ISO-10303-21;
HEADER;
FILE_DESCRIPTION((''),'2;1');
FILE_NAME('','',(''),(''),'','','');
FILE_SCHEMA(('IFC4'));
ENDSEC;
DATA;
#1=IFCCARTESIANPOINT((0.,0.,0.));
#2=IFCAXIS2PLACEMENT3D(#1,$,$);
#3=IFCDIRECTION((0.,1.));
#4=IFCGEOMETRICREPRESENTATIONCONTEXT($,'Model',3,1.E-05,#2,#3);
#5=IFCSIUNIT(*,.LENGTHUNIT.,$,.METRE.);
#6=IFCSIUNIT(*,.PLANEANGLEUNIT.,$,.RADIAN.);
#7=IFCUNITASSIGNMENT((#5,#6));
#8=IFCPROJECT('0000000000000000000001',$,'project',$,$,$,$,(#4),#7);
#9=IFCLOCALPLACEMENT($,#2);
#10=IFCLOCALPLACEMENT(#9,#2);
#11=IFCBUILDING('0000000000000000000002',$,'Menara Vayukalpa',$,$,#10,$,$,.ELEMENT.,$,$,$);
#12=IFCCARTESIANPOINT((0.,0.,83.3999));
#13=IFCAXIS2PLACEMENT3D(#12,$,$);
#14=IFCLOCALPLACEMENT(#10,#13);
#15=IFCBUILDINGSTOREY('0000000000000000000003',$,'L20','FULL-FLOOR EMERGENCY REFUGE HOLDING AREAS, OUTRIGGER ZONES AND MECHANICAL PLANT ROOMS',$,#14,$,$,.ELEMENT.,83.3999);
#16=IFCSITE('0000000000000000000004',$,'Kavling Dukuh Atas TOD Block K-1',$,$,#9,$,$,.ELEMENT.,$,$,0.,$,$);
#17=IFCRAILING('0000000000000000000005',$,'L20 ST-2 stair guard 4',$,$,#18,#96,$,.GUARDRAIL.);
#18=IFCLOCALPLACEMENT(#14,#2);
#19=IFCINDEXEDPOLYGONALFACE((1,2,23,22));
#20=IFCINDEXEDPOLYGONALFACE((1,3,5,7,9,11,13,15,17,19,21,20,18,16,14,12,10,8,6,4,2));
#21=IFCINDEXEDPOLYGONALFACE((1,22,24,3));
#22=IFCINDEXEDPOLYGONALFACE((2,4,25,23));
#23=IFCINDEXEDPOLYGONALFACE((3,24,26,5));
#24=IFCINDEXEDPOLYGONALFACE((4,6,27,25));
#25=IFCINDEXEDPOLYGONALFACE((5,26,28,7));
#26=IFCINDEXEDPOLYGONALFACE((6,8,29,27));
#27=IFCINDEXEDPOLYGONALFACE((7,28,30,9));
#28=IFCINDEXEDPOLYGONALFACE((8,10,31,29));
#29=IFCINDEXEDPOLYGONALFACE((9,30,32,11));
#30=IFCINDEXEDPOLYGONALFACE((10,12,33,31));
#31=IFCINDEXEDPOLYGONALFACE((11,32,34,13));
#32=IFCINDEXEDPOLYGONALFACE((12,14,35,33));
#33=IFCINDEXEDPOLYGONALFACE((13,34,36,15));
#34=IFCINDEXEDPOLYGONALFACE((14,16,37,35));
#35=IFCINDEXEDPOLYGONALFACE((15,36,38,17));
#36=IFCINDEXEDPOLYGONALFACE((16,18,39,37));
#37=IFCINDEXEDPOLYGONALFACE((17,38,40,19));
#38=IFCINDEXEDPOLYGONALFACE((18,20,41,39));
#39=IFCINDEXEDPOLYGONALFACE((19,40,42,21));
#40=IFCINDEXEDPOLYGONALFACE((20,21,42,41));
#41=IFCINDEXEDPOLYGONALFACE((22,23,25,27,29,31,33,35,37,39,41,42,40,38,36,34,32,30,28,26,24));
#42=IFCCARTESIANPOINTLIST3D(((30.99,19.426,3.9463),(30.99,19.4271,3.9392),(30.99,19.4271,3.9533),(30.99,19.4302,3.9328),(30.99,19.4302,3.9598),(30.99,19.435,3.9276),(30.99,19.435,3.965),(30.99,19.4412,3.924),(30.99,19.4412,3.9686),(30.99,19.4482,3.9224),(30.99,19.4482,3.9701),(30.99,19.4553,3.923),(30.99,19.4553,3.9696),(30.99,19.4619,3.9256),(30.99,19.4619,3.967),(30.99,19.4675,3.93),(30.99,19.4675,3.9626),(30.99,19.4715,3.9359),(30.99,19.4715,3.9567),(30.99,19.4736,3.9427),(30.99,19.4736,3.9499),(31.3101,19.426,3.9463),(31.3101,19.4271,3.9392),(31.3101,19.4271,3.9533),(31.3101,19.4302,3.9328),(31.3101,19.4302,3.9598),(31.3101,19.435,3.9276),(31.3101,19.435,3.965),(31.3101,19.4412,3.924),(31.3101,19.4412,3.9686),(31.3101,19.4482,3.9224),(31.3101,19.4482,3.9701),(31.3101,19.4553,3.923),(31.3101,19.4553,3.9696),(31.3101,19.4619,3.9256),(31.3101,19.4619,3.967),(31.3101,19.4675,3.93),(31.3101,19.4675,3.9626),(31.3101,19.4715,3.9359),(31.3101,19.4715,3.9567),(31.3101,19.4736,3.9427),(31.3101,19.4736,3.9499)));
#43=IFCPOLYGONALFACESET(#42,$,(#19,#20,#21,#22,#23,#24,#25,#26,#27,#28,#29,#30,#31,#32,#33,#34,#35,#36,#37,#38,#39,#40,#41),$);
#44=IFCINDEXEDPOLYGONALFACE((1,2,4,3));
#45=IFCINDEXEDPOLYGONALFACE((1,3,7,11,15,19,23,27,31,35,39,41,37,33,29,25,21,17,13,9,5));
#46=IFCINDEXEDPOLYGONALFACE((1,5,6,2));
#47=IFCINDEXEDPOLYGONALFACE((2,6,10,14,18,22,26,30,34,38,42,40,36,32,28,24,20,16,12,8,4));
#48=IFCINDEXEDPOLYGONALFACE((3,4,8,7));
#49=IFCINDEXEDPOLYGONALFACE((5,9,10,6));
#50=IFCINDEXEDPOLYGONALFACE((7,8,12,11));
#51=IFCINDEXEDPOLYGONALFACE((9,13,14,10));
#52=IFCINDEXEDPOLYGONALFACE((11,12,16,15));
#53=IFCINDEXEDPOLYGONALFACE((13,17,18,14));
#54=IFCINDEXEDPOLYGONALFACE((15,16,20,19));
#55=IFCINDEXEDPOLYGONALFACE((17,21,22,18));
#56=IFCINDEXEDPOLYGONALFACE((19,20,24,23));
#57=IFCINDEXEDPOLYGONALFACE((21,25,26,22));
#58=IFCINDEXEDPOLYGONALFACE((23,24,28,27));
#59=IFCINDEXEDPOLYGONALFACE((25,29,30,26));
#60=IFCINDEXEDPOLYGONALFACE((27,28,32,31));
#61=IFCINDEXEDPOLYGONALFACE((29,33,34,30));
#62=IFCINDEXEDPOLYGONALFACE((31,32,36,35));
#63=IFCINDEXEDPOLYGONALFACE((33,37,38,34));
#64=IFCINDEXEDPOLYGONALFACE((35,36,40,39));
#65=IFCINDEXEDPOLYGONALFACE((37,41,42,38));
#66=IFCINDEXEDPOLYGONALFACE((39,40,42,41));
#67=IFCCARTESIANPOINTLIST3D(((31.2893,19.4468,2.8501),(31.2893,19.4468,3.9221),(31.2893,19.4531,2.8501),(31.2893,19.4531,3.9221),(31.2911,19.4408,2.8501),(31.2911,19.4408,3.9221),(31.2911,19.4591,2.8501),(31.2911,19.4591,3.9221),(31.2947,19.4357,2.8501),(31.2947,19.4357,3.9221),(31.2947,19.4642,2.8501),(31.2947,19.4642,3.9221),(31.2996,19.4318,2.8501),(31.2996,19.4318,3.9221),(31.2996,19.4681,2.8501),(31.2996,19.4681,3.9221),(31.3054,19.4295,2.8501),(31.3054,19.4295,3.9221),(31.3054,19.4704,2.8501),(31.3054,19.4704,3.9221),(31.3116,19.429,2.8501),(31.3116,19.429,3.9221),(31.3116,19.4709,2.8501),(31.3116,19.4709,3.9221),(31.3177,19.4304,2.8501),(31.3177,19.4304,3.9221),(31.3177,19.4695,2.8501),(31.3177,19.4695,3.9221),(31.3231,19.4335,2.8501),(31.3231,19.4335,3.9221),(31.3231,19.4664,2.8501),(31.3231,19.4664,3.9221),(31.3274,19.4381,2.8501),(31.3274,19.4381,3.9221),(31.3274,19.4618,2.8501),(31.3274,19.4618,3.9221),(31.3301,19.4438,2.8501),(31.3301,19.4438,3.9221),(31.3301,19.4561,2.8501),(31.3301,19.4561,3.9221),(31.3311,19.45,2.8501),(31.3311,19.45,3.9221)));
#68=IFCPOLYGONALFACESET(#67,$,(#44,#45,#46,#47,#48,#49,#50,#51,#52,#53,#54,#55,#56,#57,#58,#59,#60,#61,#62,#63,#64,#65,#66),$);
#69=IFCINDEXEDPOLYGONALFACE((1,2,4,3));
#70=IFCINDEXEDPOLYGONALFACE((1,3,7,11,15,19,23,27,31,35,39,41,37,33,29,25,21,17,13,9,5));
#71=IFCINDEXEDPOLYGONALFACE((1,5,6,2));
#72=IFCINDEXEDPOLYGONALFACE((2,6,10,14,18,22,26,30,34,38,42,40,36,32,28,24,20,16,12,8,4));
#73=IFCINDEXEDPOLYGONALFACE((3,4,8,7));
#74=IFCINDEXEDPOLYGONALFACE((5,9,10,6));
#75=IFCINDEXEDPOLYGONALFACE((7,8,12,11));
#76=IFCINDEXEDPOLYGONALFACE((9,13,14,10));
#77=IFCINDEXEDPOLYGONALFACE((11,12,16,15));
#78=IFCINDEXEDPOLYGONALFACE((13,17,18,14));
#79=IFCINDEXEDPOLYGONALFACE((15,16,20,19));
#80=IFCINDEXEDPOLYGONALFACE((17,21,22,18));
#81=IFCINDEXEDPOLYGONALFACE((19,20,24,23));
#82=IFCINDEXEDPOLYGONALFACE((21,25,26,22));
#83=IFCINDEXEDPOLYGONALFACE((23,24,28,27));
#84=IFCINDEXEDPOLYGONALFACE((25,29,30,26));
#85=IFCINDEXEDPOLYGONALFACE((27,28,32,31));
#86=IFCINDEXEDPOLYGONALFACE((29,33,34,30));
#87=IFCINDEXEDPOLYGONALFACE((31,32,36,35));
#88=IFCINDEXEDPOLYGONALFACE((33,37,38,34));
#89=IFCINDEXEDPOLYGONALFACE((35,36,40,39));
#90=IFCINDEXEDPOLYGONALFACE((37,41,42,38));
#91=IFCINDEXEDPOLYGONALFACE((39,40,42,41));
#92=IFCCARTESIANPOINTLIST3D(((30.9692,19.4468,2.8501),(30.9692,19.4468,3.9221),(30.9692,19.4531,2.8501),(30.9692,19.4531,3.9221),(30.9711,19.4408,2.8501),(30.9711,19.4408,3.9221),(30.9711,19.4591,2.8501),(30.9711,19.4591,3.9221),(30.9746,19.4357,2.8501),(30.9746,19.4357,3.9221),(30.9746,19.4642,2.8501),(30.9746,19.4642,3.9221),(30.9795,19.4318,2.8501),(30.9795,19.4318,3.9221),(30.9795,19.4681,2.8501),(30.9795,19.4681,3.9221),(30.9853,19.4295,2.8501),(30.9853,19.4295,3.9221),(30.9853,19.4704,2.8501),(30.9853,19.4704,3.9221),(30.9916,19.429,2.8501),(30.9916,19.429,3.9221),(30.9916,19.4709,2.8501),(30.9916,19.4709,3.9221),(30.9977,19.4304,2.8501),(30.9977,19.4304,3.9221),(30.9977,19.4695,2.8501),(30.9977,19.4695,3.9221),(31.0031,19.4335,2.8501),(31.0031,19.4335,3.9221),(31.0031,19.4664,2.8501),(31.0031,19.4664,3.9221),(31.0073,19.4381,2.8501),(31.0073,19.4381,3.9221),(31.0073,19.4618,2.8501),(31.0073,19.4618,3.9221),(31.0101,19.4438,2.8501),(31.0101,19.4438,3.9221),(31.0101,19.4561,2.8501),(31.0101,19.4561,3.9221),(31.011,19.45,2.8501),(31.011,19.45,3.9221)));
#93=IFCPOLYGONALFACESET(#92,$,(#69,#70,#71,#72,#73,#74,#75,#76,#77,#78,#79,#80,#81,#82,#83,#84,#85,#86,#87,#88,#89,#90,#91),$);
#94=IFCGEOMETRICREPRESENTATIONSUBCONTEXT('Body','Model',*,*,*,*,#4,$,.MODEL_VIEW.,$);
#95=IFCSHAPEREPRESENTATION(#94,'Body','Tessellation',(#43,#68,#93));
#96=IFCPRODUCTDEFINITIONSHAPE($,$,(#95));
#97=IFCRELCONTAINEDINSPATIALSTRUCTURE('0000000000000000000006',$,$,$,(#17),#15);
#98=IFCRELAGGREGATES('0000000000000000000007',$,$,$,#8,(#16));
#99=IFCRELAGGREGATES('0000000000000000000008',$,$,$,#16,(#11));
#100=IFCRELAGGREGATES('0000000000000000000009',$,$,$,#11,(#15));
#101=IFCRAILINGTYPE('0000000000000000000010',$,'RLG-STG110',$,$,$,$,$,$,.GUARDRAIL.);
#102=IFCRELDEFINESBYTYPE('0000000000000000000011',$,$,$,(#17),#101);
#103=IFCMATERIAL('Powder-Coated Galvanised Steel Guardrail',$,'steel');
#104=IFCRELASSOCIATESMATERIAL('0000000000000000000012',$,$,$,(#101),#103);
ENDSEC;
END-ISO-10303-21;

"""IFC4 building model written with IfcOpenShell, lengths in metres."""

from ifc_helpers import new_model, si_unit, direction, frame, origin, origin_2d, place, context, subcontext, project, spatial, circle, extrude, material, type_object, element, save


model = new_model("IFC4")

# Units and contexts
model_context = context("Model", 3, precision=1e-05, world=origin(), true_north=direction((0.0, 1.0)))
body_context = subcontext(model_context, "Body", "Model", "MODEL_VIEW")
ifc_project = project(units=[si_unit("LENGTHUNIT", "METRE"), si_unit("PLANEANGLEUNIT", "RADIAN")], contexts=[model_context])

# Site, building, storey
site_placement = place(None, origin())
site = spatial("IfcSite", under=ifc_project, at=site_placement, Name="Kavling Dukuh Atas TOD Block K-1", CompositionType="ELEMENT", RefElevation=0.0)
building_placement = place(site_placement, origin())
building = spatial("IfcBuilding", under=site, at=building_placement, Name="Menara Vayukalpa", CompositionType="ELEMENT")
storey_placement = place(building_placement, frame((0.0, 0.0, 83.3999)))
storey = spatial("IfcBuildingStorey", under=building, at=storey_placement, Name="L20", Description="FULL-FLOOR EMERGENCY REFUGE HOLDING AREAS, OUTRIGGER ZONES AND MECHANICAL PLANT ROOMS", CompositionType="ELEMENT", Elevation=83.3999)

# Railing
ifc_material_1 = material(Name="Powder-Coated Galvanised Steel Guardrail", Category="steel")
railing_type = type_object("IfcRailingType", Name="RLG-STG110", PredefinedType="GUARDRAIL", material=ifc_material_1)
railing_1_placement = place(storey_placement, frame((31.3101, 19.45, 2.8501)))
element("IfcRailing", 1, at=railing_1_placement, inside=storey, type_object=railing_type, Name="L20 ST-2 stair guard 4", PredefinedType="GUARDRAIL", context=body_context, shape_type="SweptSolid", body=[
    extrude(circle(Radius=0.0239, at=origin_2d()), frame((0.0, 0.0, 1.0962), z_axis=(-1.0, 0.0, 0.0), x_axis=(0.0, -1.0, 0.0)), (0.0, 0.0, 1.0), 0.3201),
    extrude(circle(Radius=0.021, at=origin_2d()), origin(), (0.0, 0.0, 1.0), 1.072),
    extrude(circle(Radius=0.021, at=origin_2d()), frame((-0.3201, 0.0, 0.0)), (0.0, 0.0, 1.0), 1.072),
])

save(model, "model.ifc")
